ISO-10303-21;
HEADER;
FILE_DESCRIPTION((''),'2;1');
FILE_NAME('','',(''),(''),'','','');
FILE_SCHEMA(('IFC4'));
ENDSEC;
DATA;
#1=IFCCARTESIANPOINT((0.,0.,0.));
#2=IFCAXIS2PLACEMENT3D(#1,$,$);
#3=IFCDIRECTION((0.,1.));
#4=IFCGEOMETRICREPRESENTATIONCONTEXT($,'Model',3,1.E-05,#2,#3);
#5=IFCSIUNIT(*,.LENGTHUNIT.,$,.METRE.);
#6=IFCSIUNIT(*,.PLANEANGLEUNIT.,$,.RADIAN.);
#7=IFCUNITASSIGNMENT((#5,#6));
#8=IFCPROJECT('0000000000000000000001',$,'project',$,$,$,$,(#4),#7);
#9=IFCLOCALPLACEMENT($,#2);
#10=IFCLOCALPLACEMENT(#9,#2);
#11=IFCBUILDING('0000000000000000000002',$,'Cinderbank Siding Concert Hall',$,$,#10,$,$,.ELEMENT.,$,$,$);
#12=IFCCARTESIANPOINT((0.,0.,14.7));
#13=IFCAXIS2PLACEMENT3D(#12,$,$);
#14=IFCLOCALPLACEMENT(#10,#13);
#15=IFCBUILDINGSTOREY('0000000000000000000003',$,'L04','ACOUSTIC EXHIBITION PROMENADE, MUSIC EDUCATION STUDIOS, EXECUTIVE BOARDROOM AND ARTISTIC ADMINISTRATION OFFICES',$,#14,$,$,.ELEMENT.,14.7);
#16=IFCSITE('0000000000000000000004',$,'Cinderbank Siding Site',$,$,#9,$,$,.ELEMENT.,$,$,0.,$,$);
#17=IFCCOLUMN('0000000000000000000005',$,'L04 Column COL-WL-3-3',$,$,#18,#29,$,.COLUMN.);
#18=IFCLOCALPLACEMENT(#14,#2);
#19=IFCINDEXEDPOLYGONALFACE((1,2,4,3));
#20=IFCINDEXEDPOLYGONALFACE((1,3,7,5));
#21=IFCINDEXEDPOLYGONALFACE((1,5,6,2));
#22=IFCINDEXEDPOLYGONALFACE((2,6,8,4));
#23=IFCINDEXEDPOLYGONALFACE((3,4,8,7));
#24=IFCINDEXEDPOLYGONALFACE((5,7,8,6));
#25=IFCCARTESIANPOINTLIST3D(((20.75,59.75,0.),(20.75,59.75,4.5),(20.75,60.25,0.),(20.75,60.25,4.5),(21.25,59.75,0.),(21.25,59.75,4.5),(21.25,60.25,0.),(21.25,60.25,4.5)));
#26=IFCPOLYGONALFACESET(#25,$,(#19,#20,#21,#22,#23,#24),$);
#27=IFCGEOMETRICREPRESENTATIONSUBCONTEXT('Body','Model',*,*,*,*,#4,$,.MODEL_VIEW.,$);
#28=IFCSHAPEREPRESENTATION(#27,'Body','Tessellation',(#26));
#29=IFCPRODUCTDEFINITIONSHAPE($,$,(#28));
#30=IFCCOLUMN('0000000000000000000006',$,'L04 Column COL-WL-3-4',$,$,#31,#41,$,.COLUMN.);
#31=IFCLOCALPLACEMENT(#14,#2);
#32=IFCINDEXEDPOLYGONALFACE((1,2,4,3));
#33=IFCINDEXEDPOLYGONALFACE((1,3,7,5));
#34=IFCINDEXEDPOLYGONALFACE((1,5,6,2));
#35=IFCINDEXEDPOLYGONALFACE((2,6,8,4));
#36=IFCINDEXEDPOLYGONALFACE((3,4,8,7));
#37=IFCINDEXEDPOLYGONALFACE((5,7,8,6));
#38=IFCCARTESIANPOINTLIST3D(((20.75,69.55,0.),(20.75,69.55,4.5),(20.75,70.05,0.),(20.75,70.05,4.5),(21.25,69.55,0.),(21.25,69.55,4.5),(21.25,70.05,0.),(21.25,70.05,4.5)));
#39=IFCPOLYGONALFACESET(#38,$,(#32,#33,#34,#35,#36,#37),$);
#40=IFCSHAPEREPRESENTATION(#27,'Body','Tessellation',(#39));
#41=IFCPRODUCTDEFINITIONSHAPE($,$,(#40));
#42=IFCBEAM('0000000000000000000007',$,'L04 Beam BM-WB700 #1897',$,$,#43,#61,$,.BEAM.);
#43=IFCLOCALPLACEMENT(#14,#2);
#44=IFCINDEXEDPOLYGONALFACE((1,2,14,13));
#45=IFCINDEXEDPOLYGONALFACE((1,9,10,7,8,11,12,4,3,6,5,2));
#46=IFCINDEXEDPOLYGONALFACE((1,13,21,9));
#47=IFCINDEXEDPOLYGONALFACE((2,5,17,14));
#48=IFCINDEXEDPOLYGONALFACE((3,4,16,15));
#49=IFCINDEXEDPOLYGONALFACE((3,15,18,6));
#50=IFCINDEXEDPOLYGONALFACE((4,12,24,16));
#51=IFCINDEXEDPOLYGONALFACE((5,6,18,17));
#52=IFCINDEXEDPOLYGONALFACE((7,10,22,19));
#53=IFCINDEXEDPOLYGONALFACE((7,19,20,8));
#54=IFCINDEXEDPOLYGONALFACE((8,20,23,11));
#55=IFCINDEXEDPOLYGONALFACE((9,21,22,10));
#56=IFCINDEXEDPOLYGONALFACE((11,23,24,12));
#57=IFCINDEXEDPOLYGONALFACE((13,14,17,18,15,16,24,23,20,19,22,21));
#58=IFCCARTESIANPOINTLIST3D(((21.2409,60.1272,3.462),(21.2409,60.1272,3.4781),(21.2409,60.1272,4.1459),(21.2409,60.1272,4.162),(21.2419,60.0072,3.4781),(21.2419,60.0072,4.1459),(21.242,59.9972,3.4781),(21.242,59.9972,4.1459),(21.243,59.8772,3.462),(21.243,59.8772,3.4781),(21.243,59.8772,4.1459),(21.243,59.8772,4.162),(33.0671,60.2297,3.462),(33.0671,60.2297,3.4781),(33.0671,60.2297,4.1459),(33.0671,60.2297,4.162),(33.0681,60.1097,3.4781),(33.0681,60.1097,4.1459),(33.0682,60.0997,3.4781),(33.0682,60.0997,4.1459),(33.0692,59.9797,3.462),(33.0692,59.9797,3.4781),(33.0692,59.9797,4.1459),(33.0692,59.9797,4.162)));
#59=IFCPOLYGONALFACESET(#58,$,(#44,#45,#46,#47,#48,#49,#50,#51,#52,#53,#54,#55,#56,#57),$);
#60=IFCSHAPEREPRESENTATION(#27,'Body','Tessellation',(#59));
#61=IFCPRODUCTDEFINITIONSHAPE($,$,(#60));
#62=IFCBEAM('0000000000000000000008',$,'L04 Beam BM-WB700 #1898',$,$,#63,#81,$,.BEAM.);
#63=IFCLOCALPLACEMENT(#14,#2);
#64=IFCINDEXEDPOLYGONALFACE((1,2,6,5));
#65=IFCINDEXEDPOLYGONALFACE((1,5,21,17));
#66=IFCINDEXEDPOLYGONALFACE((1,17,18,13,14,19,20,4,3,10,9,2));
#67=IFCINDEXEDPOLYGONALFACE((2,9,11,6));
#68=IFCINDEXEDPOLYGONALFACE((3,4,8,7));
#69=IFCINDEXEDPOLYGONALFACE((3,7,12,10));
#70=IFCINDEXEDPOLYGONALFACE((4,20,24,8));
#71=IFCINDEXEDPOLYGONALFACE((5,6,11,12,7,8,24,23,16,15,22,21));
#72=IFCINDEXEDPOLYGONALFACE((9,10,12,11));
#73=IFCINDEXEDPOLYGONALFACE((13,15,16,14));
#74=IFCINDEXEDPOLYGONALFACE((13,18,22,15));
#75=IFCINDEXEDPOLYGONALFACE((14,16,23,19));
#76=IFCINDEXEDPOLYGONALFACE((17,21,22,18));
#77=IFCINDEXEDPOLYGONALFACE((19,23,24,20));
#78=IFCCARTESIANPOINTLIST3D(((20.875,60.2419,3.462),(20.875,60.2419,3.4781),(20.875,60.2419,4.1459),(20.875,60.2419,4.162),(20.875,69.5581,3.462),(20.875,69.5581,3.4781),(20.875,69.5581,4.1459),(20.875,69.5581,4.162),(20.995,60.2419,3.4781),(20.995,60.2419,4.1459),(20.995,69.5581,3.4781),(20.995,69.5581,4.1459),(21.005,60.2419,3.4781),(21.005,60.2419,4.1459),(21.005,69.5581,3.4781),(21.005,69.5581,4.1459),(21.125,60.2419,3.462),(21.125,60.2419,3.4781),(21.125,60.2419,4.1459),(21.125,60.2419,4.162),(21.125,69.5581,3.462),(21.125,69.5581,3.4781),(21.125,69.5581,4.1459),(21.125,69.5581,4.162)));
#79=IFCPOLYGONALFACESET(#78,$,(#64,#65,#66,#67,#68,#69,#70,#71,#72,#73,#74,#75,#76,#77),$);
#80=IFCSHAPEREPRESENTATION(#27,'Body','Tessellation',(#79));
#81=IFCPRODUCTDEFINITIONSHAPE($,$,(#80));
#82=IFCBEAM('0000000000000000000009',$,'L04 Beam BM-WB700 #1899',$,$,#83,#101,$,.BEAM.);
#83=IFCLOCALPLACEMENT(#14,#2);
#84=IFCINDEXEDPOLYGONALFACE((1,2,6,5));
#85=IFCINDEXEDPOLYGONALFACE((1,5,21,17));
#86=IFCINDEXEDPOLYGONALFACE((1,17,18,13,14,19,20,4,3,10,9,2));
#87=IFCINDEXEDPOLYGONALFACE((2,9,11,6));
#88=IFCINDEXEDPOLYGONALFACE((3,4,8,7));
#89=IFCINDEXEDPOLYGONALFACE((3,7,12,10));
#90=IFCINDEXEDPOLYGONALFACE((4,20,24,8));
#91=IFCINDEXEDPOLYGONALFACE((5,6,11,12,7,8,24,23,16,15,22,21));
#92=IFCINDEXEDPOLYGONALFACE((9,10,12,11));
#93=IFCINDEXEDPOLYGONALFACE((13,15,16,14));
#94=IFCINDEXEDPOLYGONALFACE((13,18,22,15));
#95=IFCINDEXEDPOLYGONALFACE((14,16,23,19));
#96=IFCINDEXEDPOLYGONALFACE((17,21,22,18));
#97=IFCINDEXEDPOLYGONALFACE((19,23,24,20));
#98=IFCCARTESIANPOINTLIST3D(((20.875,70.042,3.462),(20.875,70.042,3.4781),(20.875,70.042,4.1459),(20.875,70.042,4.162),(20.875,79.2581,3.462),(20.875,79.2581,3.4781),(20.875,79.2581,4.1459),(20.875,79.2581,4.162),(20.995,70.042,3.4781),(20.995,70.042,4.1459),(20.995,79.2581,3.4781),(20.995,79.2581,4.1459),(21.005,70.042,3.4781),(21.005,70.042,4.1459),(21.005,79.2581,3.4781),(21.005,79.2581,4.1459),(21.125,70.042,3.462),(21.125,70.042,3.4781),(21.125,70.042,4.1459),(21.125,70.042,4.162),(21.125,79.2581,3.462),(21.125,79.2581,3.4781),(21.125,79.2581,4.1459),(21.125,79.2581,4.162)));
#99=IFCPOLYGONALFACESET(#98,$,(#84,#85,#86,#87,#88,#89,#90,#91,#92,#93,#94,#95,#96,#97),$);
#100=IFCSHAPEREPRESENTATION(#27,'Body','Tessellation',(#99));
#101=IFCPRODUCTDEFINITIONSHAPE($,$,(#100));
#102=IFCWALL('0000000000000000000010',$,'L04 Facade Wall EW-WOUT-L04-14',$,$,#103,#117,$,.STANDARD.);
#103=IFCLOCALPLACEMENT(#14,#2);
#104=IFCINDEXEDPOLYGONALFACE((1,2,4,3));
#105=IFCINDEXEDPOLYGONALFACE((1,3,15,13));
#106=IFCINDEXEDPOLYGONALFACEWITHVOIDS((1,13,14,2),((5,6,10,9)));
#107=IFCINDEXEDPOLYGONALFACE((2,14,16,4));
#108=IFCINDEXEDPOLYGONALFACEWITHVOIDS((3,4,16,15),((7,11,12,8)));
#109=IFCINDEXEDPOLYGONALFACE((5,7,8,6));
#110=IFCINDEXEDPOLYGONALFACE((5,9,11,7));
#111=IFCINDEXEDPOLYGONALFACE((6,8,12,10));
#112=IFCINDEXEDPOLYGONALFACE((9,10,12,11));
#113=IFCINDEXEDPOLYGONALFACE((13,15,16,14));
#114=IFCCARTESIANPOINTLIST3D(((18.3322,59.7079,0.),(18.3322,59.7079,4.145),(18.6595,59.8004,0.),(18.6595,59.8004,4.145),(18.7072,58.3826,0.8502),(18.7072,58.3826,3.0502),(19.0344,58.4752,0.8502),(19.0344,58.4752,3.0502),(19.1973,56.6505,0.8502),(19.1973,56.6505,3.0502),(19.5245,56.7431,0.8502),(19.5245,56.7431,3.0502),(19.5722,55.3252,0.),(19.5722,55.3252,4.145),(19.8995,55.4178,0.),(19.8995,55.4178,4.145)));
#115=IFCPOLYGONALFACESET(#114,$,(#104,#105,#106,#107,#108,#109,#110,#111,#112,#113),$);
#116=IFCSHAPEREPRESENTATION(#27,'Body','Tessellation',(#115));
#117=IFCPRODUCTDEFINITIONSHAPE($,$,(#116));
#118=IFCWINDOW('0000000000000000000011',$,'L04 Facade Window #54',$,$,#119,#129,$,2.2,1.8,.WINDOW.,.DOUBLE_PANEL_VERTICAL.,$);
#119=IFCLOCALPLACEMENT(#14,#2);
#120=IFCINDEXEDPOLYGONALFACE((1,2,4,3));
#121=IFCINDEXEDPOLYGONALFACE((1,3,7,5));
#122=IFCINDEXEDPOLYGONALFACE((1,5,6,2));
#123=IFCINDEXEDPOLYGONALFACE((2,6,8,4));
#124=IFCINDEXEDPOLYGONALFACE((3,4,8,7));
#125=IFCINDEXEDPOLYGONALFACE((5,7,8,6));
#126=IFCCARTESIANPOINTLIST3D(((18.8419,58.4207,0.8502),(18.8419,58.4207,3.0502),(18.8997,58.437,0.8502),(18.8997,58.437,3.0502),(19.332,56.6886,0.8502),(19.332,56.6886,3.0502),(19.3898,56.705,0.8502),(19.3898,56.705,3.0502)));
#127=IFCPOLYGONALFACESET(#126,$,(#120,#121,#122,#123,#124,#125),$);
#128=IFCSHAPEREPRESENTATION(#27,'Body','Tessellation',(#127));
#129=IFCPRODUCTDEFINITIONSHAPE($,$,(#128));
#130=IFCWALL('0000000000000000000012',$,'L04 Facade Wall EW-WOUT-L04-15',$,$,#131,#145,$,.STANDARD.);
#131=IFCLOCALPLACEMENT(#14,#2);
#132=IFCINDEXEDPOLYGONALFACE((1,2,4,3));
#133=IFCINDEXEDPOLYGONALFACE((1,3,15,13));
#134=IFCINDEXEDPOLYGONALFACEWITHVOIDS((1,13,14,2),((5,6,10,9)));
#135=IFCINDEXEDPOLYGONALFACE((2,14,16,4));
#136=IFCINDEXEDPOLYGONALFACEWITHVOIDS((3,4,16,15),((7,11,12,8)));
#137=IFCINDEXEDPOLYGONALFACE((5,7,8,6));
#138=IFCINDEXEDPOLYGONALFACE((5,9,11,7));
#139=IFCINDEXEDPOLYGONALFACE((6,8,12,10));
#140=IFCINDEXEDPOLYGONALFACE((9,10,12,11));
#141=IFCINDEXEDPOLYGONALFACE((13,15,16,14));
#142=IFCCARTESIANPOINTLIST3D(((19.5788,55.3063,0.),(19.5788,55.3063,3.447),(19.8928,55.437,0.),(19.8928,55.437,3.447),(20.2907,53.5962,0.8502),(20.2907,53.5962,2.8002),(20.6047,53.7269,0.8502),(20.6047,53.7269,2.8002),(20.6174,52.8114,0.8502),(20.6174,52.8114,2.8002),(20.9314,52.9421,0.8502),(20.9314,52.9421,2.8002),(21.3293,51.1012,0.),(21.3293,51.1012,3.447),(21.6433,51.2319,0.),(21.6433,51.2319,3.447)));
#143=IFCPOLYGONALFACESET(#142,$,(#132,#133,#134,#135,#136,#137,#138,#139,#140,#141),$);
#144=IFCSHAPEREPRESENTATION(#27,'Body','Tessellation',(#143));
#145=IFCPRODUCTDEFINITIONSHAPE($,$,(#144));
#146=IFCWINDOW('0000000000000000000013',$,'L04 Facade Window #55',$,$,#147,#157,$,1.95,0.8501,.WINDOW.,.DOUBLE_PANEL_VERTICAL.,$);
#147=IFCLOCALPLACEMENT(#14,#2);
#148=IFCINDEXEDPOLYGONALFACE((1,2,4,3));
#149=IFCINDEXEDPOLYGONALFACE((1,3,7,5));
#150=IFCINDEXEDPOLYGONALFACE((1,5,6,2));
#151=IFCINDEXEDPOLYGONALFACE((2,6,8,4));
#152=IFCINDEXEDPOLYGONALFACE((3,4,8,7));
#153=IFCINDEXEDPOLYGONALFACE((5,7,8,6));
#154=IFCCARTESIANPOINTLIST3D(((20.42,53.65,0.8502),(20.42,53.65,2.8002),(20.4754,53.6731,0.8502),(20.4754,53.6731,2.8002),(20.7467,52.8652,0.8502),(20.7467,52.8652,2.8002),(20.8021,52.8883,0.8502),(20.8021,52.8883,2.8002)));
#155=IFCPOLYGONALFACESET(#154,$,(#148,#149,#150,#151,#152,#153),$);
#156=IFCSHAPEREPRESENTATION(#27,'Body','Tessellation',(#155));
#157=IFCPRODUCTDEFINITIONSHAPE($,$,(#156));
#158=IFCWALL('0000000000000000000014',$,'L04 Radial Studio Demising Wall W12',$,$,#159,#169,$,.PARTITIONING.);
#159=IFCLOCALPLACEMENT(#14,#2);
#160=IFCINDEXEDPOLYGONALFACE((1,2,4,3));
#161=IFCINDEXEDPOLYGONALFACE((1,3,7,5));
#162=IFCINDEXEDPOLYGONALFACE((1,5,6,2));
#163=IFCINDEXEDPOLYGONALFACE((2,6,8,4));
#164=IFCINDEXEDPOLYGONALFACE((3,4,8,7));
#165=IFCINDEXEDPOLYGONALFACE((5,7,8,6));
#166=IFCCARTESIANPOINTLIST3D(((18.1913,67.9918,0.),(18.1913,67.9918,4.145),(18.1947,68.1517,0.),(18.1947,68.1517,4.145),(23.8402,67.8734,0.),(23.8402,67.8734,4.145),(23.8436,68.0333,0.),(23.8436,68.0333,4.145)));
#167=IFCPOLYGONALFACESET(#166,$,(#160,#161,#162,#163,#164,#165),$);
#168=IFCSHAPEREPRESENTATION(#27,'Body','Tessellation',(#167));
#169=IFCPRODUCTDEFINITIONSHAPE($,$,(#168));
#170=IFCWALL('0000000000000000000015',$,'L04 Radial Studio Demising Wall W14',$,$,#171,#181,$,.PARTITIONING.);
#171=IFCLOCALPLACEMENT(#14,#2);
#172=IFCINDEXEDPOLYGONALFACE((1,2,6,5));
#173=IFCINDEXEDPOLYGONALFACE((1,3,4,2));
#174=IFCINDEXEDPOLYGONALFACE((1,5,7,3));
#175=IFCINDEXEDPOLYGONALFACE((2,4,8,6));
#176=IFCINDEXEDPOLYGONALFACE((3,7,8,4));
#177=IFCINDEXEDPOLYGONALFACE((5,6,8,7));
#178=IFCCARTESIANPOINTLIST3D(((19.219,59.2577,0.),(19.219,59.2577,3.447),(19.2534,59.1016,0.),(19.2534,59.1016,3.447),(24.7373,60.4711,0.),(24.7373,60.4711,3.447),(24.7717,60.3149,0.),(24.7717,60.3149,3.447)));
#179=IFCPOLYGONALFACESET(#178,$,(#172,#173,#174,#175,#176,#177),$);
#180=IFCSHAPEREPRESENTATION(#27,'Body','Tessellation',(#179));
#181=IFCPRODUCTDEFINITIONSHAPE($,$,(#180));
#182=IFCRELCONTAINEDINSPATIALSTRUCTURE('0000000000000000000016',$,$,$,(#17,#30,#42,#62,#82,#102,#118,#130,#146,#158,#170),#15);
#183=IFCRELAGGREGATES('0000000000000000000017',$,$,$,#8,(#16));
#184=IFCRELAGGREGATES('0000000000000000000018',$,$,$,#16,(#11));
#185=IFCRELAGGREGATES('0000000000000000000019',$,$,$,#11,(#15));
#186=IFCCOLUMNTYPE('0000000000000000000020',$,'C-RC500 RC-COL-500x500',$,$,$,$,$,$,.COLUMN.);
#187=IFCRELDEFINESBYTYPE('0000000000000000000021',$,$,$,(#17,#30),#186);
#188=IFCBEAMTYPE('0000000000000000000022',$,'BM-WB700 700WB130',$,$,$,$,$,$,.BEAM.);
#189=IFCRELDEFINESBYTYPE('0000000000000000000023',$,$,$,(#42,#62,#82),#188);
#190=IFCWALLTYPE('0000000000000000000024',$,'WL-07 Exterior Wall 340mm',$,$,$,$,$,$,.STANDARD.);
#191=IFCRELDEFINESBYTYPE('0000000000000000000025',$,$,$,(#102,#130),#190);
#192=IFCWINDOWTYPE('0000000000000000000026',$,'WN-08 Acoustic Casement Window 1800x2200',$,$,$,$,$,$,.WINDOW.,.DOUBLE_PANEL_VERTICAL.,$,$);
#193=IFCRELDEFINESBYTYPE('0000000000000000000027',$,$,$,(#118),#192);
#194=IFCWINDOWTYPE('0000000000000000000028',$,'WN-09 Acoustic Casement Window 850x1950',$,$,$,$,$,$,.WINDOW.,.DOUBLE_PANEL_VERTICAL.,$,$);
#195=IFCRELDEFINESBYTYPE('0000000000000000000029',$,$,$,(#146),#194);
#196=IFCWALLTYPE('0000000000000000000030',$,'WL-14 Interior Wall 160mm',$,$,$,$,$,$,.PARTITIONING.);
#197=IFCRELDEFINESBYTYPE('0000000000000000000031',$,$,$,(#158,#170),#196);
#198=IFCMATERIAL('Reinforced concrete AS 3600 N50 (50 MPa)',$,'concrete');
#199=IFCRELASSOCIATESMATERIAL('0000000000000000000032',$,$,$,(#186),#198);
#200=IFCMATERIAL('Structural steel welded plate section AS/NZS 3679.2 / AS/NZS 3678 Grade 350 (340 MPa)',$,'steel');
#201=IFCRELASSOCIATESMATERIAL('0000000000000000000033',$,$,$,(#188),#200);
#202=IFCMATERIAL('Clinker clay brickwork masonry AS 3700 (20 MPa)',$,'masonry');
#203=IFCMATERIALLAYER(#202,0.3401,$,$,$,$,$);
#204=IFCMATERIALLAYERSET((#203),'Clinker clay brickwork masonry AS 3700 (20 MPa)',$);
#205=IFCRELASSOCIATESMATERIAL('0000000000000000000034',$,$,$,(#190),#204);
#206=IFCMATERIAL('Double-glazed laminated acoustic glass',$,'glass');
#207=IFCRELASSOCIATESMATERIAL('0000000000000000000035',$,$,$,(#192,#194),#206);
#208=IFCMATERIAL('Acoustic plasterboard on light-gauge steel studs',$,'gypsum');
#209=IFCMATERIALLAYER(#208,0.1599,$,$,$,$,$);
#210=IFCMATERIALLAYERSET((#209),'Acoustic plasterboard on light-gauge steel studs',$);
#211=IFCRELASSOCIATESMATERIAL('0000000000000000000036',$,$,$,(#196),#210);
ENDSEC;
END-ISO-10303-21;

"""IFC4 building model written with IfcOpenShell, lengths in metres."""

from ifc_helpers import new_model, si_unit, direction, frame, frame_2d, origin, origin_2d, place, context, subcontext, project, spatial, rectangle, i_section, extrude, material, layer, layer_set, material_profile, profile_set, type_object, element, fill, save


model = new_model("IFC4")

# Units and contexts
model_context = context("Model", 3, precision=1e-05, world=origin(), true_north=direction((0.0, 1.0)))
body_context = subcontext(model_context, "Body", "Model", "MODEL_VIEW")
ifc_project = project(units=[si_unit("LENGTHUNIT", "METRE"), si_unit("PLANEANGLEUNIT", "RADIAN")], contexts=[model_context])

# Site, building, storey
site_placement = place(None, origin())
site = spatial("IfcSite", under=ifc_project, at=site_placement, Name="Cinderbank Siding Site", CompositionType="ELEMENT", RefElevation=0.0)
building_placement = place(site_placement, origin())
building = spatial("IfcBuilding", under=site, at=building_placement, Name="Cinderbank Siding Concert Hall", CompositionType="ELEMENT")
storey_placement = place(building_placement, frame((0.0, 0.0, 14.7)))
storey = spatial("IfcBuildingStorey", under=building, at=storey_placement, Name="L04", Description="ACOUSTIC EXHIBITION PROMENADE, MUSIC EDUCATION STUDIOS, EXECUTIVE BOARDROOM AND ARTISTIC ADMINISTRATION OFFICES", CompositionType="ELEMENT", Elevation=14.7)

# Columns
ifc_material_1 = material(Name="Reinforced concrete AS 3600 N50 (50 MPa)", Category="concrete")
ifc_material_profile_1 = material_profile(ifc_material_1, rectangle(XDim=0.5, YDim=0.5, at=origin_2d()), Name="RC-COL-500x500", Category="LoadBearing")
ifc_profile_set_1 = profile_set([ifc_material_profile_1], Name="Reinforced concrete AS 3600 N50 (50 MPa)")
column_type = type_object("IfcColumnType", Name="C-RC500 RC-COL-500x500", PredefinedType="COLUMN", material=ifc_profile_set_1)
for number, where, z_axis, x_axis, name in (
    (1, (21.0, 60.0, 0.0), (0.0, 0.0, 1.0), (1.0, 0.0, 0.0), "L04 Column COL-WL-3-3"),
    (2, (21.0, 69.8, 0.0), (0.0, 0.0, 1.0), (1.0, 0.0, 0.0), "L04 Column COL-WL-3-4"),
):
    element("IfcColumn", number, at=place(storey_placement, frame(where, z_axis=z_axis, x_axis=x_axis)), inside=storey, type_object=column_type, Name=name, PredefinedType="COLUMN", context=body_context, shape_type="SweptSolid", body=[
        extrude(rectangle(XDim=0.5, YDim=0.5, at=origin_2d()), origin(), (0.0, 0.0, 1.0), 4.5),
    ])

# Beams
ifc_material_2 = material(Name="Structural steel welded plate section AS/NZS 3679.2 / AS/NZS 3678 Grade 350 (340 MPa)", Category="steel")
ifc_material_profile_2 = material_profile(ifc_material_2, i_section(OverallWidth=0.25, OverallDepth=0.7, WebThickness=0.01, FlangeThickness=0.0161, at=origin_2d()), Name="700WB130", Category="LoadBearing")
ifc_profile_set_2 = profile_set([ifc_material_profile_2], Name="Structural steel welded plate section AS/NZS 3679.2 / AS/NZS 3678 Grade 350 (340 MPa)")
beam_type = type_object("IfcBeamType", Name="BM-WB700 700WB130", PredefinedType="BEAM", material=ifc_profile_set_2)
beam_1_placement = place(storey_placement, frame((21.2419, 60.0022, 3.812), z_axis=(0.999962, 0.00867, 0.0), x_axis=(-0.00867, 0.999962, 0.0)))
element("IfcBeam", 3, at=beam_1_placement, inside=storey, type_object=beam_type, Name="L04 Beam BM-WB700 #1897", PredefinedType="BEAM", context=body_context, shape_type="SweptSolid", body=[
    extrude(i_section(OverallWidth=0.25, OverallDepth=0.7, WebThickness=0.01, FlangeThickness=0.0161, at=origin_2d()), origin(), (0.0, 0.0, 1.0), 11.8267),
])
beam_2_placement = place(storey_placement, frame((21.0, 60.2419, 3.812), z_axis=(0.0, 1.0, 0.0), x_axis=(-1.0, 0.0, 0.0)))
element("IfcBeam", 4, at=beam_2_placement, inside=storey, type_object=beam_type, Name="L04 Beam BM-WB700 #1898", PredefinedType="BEAM", context=body_context, shape_type="SweptSolid", body=[
    extrude(i_section(OverallWidth=0.25, OverallDepth=0.7, WebThickness=0.01, FlangeThickness=0.0161, at=origin_2d()), origin(), (0.0, 0.0, 1.0), 9.3162),
])
beam_3_placement = place(storey_placement, frame((21.0, 70.042, 3.812), z_axis=(0.0, 1.0, 0.0), x_axis=(-1.0, 0.0, 0.0)))
element("IfcBeam", 5, at=beam_3_placement, inside=storey, type_object=beam_type, Name="L04 Beam BM-WB700 #1899", PredefinedType="BEAM", context=body_context, shape_type="SweptSolid", body=[
    extrude(i_section(OverallWidth=0.25, OverallDepth=0.7, WebThickness=0.01, FlangeThickness=0.0161, at=origin_2d()), origin(), (0.0, 0.0, 1.0), 9.2161),
])

# Walls, openings, windows
ifc_material_3 = material(Name="Clinker clay brickwork masonry AS 3700 (20 MPa)", Category="masonry")
ifc_layer_1 = layer(ifc_material_3, 0.3401)
ifc_layer_set_1 = layer_set([ifc_layer_1], Name="Clinker clay brickwork masonry AS 3700 (20 MPa)")
wall_type_1 = type_object("IfcWallType", Name="WL-07 Exterior Wall 340mm", PredefinedType="STANDARD", material=ifc_layer_set_1)
wall_1_placement = place(storey_placement, frame((18.4958, 59.7542, 0.0), z_axis=(0.0, 0.0, 1.0), x_axis=(0.272249, -0.962227, 0.0)))
wall_1 = element("IfcWall", 6, at=wall_1_placement, inside=storey, type_object=wall_type_1, Name="L04 Facade Wall EW-WOUT-L04-14", PredefinedType="STANDARD", context=body_context, shape_type="SweptSolid", body=[
    extrude(rectangle(XDim=4.5547, YDim=0.3401, at=frame_2d((2.2773, 0.0))), origin(), (0.0, 0.0, 1.0), 4.145),
])
opening_1_placement = place(wall_1_placement, frame((1.3774, 0.0, 0.8501)))
opening_1 = element("IfcOpeningElement", 7, at=opening_1_placement, cuts=wall_1, PredefinedType="OPENING", context=body_context, shape_type="SweptSolid", body=[
    extrude(rectangle(XDim=1.8, YDim=2.2, at=frame_2d((0.8999, 1.1001))), frame((0.0, 0.1821, 0.0), z_axis=(0.0, -1.0, 0.0), x_axis=(1.0, 0.0, 0.0)), (0.0, 0.0, 1.0), 0.364),
])
ifc_material_4 = material(Name="Double-glazed laminated acoustic glass", Category="glass")
window_type_1 = type_object("IfcWindowType", Name="WN-08 Acoustic Casement Window 1800x2200", PartitioningType="DOUBLE_PANEL_VERTICAL", PredefinedType="WINDOW", material=ifc_material_4)
window_1_placement = place(opening_1_placement, origin())
window_1 = element("IfcWindow", 8, at=window_1_placement, inside=storey, type_object=window_type_1, Name="L04 Facade Window #54", OverallHeight=2.2, OverallWidth=1.8, PartitioningType="DOUBLE_PANEL_VERTICAL", PredefinedType="WINDOW", context=body_context, shape_type="SweptSolid", body=[
    extrude(rectangle(XDim=1.8, YDim=2.2, at=frame_2d((0.8999, 1.1001))), frame((0.0, 0.03, 0.0), z_axis=(0.0, -1.0, 0.0), x_axis=(1.0, 0.0, 0.0)), (0.0, 0.0, 1.0), 0.0601),
])
fill(opening_1, window_1)
wall_2_placement = place(storey_placement, frame((19.7358, 55.3716, 0.0), z_axis=(0.0, 0.0, 1.0), x_axis=(0.384311, -0.923204, 0.0)))
wall_2 = element("IfcWall", 9, at=wall_2_placement, inside=storey, type_object=wall_type_1, Name="L04 Facade Wall EW-WOUT-L04-15", PredefinedType="STANDARD", context=body_context, shape_type="SweptSolid", body=[
    extrude(rectangle(XDim=4.5549, YDim=0.3401, at=frame_2d((2.2773, 0.0))), origin(), (0.0, 0.0, 1.0), 3.447),
])
opening_2_placement = place(wall_2_placement, frame((1.8523, 0.0, 0.8501)))
opening_2 = element("IfcOpeningElement", 10, at=opening_2_placement, cuts=wall_2, PredefinedType="OPENING", context=body_context, shape_type="SweptSolid", body=[
    extrude(rectangle(XDim=0.8501, YDim=1.95, at=frame_2d((0.425, 0.9751))), frame((0.0, 0.1821, 0.0), z_axis=(0.0, -1.0, 0.0), x_axis=(1.0, 0.0, 0.0)), (0.0, 0.0, 1.0), 0.364),
])
window_type_2 = type_object("IfcWindowType", Name="WN-09 Acoustic Casement Window 850x1950", PartitioningType="DOUBLE_PANEL_VERTICAL", PredefinedType="WINDOW", material=ifc_material_4)
window_2_placement = place(opening_2_placement, origin())
window_2 = element("IfcWindow", 11, at=window_2_placement, inside=storey, type_object=window_type_2, Name="L04 Facade Window #55", OverallHeight=1.95, OverallWidth=0.8501, PartitioningType="DOUBLE_PANEL_VERTICAL", PredefinedType="WINDOW", context=body_context, shape_type="SweptSolid", body=[
    extrude(rectangle(XDim=0.8501, YDim=1.95, at=frame_2d((0.425, 0.9751))), frame((0.0, 0.03, 0.0), z_axis=(0.0, -1.0, 0.0), x_axis=(1.0, 0.0, 0.0)), (0.0, 0.0, 1.0), 0.0601),
])
fill(opening_2, window_2)

# Walls
ifc_material_5 = material(Name="Acoustic plasterboard on light-gauge steel studs", Category="gypsum")
ifc_layer_2 = layer(ifc_material_5, 0.1599)
ifc_layer_set_2 = layer_set([ifc_layer_2], Name="Acoustic plasterboard on light-gauge steel studs")
wall_type_2 = type_object("IfcWallType", Name="WL-14 Interior Wall 160mm", PredefinedType="PARTITIONING", material=ifc_layer_set_2)
wall_3_placement = place(storey_placement, frame((23.842, 67.9534, 0.0), z_axis=(0.0, 0.0, 1.0), x_axis=(-0.99978, 0.020957, 0.0)))
element("IfcWall", 12, at=wall_3_placement, inside=storey, type_object=wall_type_2, Name="L04 Radial Studio Demising Wall W12", PredefinedType="PARTITIONING", context=body_context, shape_type="SweptSolid", body=[
    extrude(rectangle(XDim=5.6501, YDim=0.1599, at=frame_2d((2.8252, 0.0))), origin(), (0.0, 0.0, 1.0), 4.145),
])
wall_4_placement = place(storey_placement, frame((24.7546, 60.3931, 0.0), z_axis=(0.0, 0.0, 1.0), x_axis=(-0.976669, -0.214752, 0.0)))
element("IfcWall", 13, at=wall_4_placement, inside=storey, type_object=wall_type_2, Name="L04 Radial Studio Demising Wall W14", PredefinedType="PARTITIONING", context=body_context, shape_type="SweptSolid", body=[
    extrude(rectangle(XDim=5.6501, YDim=0.1599, at=frame_2d((2.8252, 0.0))), origin(), (0.0, 0.0, 1.0), 3.447),
])

save(model, "model.ifc")
